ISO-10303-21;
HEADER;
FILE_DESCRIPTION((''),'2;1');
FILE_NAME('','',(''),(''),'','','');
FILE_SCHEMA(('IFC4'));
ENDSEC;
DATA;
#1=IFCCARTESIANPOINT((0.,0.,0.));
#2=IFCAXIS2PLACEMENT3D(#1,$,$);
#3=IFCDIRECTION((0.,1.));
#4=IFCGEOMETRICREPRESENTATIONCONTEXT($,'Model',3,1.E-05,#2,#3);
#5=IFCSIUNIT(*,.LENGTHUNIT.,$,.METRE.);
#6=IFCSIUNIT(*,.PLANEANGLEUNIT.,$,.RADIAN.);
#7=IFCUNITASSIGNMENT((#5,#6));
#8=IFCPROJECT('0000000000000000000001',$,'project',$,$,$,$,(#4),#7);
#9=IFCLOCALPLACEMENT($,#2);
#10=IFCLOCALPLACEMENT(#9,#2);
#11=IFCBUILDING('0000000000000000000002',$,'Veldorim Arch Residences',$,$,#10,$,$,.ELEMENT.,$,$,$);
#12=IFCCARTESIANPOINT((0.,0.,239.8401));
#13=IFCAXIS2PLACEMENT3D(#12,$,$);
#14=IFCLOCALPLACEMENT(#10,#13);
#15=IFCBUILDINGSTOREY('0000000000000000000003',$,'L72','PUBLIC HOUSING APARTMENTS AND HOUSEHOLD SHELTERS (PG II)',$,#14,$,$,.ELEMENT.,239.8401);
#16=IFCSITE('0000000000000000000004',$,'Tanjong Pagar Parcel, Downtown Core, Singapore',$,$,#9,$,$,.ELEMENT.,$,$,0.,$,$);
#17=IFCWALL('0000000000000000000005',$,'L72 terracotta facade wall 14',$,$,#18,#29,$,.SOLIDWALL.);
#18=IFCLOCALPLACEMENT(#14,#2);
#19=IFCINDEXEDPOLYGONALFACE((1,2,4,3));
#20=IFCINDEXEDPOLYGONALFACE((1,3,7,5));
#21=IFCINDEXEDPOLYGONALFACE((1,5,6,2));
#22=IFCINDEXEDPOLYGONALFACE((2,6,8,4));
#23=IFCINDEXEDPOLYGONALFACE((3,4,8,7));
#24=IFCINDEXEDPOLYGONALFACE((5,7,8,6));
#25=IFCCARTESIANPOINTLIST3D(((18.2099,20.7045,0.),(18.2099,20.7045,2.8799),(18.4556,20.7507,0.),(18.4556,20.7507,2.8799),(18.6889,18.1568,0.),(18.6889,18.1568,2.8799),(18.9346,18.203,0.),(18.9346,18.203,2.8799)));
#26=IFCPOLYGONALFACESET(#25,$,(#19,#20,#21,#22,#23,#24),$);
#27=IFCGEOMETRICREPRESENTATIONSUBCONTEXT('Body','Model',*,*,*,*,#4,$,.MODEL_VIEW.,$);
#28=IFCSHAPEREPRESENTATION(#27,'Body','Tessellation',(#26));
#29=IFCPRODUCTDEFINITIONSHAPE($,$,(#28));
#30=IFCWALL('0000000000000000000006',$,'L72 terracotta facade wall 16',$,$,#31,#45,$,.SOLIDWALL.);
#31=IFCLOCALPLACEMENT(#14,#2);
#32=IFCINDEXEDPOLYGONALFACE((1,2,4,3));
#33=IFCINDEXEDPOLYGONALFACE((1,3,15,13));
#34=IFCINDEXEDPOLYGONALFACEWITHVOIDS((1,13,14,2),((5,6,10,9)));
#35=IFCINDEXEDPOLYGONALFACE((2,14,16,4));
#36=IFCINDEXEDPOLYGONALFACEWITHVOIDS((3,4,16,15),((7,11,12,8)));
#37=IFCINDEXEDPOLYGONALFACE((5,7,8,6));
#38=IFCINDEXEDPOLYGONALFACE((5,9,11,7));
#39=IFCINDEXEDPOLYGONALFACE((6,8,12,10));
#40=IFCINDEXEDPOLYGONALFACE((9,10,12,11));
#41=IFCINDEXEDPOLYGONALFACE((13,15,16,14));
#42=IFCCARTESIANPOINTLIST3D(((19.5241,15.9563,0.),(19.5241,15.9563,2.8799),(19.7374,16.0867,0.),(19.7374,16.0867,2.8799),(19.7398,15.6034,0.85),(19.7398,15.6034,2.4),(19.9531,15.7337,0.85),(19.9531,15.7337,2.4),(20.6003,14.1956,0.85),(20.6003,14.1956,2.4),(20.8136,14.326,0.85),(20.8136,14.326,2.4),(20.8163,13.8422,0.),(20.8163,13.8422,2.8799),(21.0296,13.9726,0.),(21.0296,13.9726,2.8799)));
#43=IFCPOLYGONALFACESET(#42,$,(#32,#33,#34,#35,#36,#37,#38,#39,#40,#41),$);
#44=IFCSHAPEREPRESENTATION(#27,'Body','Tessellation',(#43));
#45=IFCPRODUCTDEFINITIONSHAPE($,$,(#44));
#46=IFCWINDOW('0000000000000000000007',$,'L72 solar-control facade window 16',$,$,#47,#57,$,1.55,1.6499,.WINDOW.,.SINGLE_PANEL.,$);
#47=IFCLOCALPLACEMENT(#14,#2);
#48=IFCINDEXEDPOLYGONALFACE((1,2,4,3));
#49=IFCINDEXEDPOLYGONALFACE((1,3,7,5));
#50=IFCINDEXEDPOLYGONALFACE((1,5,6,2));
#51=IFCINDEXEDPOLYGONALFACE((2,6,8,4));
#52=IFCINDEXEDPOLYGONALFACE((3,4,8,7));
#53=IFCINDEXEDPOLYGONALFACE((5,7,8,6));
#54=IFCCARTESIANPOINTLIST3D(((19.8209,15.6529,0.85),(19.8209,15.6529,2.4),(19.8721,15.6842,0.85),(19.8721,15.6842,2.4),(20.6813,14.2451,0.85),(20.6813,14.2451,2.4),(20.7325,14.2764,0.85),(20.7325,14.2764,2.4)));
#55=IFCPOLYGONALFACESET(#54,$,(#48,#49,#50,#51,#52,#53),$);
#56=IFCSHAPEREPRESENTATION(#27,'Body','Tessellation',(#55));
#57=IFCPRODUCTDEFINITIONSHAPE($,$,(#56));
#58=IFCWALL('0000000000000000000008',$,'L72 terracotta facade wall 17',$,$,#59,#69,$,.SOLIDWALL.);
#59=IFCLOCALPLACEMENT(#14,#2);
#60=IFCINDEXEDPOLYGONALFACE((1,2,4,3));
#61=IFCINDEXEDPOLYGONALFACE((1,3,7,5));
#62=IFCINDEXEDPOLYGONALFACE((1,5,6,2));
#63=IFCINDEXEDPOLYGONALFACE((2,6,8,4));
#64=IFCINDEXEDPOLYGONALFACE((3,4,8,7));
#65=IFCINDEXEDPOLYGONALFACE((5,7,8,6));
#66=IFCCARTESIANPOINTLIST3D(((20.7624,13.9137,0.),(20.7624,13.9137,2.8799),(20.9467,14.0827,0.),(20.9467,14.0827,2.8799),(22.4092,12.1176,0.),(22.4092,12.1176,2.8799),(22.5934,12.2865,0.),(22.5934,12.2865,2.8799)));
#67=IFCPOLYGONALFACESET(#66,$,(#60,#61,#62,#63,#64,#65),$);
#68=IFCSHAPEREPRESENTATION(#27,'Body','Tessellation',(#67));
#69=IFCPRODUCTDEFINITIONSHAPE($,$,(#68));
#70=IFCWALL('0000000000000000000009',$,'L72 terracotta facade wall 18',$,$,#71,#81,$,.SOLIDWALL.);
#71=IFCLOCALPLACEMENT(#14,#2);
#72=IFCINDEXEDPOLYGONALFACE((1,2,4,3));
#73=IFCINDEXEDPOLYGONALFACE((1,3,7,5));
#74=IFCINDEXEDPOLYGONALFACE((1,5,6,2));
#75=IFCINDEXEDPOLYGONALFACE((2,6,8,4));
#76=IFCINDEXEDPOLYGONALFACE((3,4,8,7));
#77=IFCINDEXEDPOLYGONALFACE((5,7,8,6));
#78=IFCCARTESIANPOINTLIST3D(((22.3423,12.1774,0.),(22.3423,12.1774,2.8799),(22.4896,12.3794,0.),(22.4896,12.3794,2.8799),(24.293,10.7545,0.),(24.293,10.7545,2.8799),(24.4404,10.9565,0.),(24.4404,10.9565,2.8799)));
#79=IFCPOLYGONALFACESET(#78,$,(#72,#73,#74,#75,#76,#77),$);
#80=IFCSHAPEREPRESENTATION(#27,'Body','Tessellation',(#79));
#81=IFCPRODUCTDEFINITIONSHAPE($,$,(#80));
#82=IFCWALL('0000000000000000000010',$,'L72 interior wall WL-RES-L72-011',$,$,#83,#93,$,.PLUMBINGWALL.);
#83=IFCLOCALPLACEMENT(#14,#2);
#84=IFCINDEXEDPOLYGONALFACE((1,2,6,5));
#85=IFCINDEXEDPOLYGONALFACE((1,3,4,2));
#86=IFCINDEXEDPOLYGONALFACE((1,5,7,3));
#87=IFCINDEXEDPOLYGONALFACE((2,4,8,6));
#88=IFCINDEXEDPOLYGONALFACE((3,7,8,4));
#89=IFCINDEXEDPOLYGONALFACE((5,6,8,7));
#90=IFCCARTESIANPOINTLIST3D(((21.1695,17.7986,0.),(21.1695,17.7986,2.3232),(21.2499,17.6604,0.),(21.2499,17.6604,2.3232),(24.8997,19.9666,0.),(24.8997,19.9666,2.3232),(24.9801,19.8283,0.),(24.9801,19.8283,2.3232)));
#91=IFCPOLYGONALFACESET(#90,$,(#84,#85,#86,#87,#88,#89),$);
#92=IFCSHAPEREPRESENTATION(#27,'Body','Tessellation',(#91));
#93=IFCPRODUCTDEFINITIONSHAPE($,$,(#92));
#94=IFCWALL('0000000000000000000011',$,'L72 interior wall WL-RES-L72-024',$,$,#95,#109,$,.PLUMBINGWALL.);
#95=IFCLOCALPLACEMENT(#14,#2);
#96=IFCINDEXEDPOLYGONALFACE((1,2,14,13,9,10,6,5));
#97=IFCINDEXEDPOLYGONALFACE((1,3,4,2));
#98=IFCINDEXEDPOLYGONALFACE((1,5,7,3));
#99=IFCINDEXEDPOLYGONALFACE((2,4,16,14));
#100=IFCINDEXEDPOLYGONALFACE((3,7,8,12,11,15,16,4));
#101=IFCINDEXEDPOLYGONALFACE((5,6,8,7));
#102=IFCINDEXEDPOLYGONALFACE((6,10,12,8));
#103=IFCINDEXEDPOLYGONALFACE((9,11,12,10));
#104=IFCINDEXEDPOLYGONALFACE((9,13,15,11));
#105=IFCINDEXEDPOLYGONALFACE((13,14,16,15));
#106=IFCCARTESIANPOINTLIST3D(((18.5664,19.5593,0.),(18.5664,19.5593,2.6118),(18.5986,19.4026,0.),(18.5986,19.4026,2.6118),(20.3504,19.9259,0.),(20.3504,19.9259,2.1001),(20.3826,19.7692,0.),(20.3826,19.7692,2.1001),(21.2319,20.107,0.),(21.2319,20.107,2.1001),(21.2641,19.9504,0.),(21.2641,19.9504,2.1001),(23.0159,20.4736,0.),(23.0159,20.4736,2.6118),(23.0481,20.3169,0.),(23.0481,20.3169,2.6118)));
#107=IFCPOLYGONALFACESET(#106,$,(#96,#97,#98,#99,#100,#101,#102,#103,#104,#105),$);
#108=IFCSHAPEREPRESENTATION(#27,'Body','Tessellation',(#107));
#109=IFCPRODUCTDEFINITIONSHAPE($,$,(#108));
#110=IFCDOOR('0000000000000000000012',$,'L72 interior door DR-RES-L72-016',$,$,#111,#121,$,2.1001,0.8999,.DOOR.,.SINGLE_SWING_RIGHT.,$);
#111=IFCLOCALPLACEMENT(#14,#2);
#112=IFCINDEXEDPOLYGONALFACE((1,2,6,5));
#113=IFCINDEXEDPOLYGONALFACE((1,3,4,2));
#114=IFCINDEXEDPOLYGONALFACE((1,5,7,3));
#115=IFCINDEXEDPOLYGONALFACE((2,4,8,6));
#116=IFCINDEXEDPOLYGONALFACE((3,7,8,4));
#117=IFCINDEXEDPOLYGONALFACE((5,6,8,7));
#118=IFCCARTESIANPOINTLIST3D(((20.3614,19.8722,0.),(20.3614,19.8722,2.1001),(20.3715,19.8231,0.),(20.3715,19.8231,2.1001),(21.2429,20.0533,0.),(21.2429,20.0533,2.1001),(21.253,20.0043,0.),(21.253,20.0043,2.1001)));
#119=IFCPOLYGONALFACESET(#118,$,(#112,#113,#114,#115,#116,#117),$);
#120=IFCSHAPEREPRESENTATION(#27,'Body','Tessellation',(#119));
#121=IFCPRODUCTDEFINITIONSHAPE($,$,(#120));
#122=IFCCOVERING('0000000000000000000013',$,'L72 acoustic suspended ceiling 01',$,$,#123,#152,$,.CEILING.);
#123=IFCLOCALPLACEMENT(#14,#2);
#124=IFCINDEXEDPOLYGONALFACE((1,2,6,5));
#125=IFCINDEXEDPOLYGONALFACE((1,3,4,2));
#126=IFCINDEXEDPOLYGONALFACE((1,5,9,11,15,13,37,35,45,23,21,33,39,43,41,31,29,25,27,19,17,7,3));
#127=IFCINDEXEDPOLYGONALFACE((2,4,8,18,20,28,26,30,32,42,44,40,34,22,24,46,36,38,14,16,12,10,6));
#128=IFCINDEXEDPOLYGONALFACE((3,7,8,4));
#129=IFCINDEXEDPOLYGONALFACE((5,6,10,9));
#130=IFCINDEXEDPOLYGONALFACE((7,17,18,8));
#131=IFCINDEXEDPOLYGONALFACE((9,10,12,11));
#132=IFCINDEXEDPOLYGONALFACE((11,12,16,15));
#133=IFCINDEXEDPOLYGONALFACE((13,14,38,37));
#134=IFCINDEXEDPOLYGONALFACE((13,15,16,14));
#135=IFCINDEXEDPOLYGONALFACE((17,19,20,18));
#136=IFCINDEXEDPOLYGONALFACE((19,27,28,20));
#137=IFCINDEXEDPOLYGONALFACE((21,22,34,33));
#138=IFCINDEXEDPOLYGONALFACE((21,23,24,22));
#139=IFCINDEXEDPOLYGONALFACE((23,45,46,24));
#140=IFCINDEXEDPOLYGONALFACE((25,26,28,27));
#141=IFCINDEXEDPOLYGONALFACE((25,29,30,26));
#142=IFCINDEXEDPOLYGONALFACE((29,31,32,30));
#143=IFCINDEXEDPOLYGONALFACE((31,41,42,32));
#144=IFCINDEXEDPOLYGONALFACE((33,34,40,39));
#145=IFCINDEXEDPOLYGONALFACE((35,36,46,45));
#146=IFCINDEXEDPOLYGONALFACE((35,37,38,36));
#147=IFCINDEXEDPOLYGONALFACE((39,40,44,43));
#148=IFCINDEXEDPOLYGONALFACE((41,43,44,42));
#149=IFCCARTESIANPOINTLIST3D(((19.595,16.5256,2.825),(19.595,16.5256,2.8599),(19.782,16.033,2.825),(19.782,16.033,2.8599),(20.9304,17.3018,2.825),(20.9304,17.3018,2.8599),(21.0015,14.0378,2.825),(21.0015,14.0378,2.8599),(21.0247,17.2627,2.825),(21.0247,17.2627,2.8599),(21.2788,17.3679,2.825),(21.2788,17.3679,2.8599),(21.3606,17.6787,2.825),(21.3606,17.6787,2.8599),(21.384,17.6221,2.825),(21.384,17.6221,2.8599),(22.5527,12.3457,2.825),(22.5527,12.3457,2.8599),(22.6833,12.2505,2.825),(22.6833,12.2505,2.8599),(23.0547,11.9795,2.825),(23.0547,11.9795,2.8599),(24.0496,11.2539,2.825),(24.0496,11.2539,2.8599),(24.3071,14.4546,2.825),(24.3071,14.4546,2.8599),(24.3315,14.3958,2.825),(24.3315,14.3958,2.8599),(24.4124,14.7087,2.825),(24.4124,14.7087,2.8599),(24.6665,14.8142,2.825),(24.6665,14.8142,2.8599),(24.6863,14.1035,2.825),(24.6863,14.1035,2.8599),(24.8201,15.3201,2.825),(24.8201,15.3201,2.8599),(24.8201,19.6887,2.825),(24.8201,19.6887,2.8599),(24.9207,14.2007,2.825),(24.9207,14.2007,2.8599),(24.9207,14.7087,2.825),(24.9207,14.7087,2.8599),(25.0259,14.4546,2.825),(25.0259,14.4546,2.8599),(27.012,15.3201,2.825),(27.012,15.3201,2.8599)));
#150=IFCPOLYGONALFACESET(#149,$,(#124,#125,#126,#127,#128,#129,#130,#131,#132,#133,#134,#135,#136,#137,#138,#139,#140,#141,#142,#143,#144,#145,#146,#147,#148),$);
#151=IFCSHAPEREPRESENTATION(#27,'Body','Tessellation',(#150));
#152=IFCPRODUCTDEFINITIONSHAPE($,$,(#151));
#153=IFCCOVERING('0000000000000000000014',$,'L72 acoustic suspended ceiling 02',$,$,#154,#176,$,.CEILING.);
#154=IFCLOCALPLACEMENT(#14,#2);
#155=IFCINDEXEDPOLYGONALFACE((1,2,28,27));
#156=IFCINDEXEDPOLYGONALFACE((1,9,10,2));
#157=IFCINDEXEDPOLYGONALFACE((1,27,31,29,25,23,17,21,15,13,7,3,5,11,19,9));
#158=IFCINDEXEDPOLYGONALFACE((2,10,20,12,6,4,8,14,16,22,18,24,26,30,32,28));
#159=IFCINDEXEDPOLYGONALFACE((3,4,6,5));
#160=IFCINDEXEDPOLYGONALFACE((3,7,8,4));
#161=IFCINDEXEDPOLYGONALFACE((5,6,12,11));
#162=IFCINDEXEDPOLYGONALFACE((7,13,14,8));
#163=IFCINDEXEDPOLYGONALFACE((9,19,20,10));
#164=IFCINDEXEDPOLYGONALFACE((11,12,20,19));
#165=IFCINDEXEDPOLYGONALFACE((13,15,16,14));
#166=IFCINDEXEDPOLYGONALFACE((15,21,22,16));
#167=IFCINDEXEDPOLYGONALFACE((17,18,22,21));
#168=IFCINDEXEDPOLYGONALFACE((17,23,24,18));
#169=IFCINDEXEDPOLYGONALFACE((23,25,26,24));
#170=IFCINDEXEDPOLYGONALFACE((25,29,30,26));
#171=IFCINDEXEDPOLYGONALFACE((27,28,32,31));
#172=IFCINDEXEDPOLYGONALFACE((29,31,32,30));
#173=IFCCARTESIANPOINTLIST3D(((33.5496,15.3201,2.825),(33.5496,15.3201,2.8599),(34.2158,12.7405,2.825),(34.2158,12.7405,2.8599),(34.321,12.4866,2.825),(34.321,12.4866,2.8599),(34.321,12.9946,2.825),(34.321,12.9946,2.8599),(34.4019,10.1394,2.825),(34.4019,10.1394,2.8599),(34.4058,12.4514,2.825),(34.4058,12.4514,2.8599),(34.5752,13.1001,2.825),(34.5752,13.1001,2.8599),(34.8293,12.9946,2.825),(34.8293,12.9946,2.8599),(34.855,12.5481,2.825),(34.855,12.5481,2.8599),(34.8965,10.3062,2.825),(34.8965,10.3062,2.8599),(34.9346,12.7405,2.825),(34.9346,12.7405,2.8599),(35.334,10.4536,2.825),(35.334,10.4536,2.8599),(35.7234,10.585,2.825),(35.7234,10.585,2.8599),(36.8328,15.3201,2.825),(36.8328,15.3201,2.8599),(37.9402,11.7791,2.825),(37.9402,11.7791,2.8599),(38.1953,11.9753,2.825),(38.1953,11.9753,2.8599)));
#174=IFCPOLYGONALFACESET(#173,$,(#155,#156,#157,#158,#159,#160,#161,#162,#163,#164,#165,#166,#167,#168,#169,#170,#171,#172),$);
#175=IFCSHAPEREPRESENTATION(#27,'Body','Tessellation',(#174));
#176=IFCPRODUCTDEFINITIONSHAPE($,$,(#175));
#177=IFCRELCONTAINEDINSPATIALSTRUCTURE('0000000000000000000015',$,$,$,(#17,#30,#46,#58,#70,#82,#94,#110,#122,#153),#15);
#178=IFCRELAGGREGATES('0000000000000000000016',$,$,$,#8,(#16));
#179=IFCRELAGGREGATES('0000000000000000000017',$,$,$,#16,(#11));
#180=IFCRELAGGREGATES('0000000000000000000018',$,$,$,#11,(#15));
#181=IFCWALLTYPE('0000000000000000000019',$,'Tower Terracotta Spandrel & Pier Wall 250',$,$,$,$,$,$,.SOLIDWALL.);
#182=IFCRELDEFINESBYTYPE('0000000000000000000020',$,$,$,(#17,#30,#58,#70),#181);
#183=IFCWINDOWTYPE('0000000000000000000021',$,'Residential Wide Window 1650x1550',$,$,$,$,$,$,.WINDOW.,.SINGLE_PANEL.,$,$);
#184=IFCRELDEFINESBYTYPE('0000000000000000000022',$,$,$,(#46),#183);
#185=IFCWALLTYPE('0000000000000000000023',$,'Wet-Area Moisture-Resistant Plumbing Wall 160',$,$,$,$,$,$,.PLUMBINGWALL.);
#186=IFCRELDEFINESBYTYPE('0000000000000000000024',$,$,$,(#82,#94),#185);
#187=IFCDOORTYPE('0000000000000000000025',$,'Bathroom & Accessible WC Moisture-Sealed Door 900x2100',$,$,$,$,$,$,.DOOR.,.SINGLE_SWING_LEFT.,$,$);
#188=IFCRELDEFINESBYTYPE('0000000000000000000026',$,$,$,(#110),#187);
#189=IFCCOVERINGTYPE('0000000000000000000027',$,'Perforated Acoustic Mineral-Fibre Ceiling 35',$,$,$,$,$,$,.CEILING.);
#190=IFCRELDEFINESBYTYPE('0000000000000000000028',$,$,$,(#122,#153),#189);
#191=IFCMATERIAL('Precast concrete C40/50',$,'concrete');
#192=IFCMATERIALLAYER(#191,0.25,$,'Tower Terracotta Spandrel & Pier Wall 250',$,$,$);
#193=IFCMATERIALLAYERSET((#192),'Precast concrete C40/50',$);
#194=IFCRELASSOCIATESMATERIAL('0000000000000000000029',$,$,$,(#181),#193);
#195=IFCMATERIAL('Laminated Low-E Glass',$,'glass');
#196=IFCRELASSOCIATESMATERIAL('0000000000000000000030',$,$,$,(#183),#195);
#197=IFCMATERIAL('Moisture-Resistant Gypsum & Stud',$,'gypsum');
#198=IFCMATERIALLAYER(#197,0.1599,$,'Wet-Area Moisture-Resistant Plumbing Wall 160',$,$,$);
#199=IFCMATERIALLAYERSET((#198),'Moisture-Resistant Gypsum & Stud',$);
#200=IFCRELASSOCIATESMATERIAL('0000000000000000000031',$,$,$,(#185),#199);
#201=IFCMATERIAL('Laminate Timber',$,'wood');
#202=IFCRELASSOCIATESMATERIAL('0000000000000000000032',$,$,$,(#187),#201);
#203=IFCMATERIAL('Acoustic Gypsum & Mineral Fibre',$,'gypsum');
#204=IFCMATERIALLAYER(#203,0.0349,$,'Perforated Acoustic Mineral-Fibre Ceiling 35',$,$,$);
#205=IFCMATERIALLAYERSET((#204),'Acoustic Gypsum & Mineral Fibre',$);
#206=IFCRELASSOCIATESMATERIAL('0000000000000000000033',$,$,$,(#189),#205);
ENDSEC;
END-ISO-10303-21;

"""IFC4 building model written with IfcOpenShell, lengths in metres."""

from ifc_helpers import new_model, si_unit, direction, frame, frame_2d, origin, place, context, subcontext, project, spatial, polyline, rectangle, outline, extrude, material, layer, layer_set, type_object, element, fill, save


model = new_model("IFC4")

# Units and contexts
model_context = context("Model", 3, precision=1e-05, world=origin(), true_north=direction((0.0, 1.0)))
body_context = subcontext(model_context, "Body", "Model", "MODEL_VIEW")
ifc_project = project(units=[si_unit("LENGTHUNIT", "METRE"), si_unit("PLANEANGLEUNIT", "RADIAN")], contexts=[model_context])

# Site, building, storey
site_placement = place(None, origin())
site = spatial("IfcSite", under=ifc_project, at=site_placement, Name="Tanjong Pagar Parcel, Downtown Core, Singapore", CompositionType="ELEMENT", RefElevation=0.0)
building_placement = place(site_placement, origin())
building = spatial("IfcBuilding", under=site, at=building_placement, Name="Veldorim Arch Residences", CompositionType="ELEMENT")
storey_placement = place(building_placement, frame((0.0, 0.0, 239.8401)))
storey = spatial("IfcBuildingStorey", under=building, at=storey_placement, Name="L72", Description="PUBLIC HOUSING APARTMENTS AND HOUSEHOLD SHELTERS (PG II)", CompositionType="ELEMENT", Elevation=239.8401)

# Wall
ifc_material_1 = material(Name="Precast concrete C40/50", Category="concrete")
ifc_layer_1 = layer(ifc_material_1, 0.25, Name="Tower Terracotta Spandrel & Pier Wall 250")
ifc_layer_set_1 = layer_set([ifc_layer_1], Name="Precast concrete C40/50")
wall_type_1 = type_object("IfcWallType", Name="Tower Terracotta Spandrel & Pier Wall 250", PredefinedType="SOLIDWALL", material=ifc_layer_set_1)
wall_1_placement = place(storey_placement, frame((18.8118, 18.1799, 0.0), z_axis=(0.0, 0.0, 1.0), x_axis=(-0.184783, 0.982779, 0.0)))
element("IfcWall", 1, at=wall_1_placement, inside=storey, type_object=wall_type_1, Name="L72 terracotta facade wall 14", PredefinedType="SOLIDWALL", context=body_context, shape_type="SweptSolid", body=[
    extrude(rectangle(XDim=2.5923, YDim=0.25, at=frame_2d((1.2961, 0.0))), origin(), (0.0, 0.0, 1.0), 2.8799),
])

# Wall, opening, window
wall_2_placement = place(storey_placement, frame((20.9229, 13.9075, 0.0), z_axis=(0.0, 0.0, 1.0), x_axis=(-0.521506, 0.853248, 0.0)))
wall_2 = element("IfcWall", 2, at=wall_2_placement, inside=storey, type_object=wall_type_1, Name="L72 terracotta facade wall 16", PredefinedType="SOLIDWALL", context=body_context, shape_type="SweptSolid", body=[
    extrude(rectangle(XDim=2.4778, YDim=0.25, at=frame_2d((1.2388, 0.0))), origin(), (0.0, 0.0, 1.0), 2.8799),
])
opening_1_placement = place(wall_2_placement, frame((0.4141, 0.0, 0.8501)))
opening_1 = element("IfcOpeningElement", 3, at=opening_1_placement, cuts=wall_2, PredefinedType="OPENING", context=body_context, shape_type="SweptSolid", body=[
    extrude(rectangle(XDim=1.6499, YDim=1.55, at=frame_2d((0.825, 0.7749))), frame((0.0, 0.135, 0.0), z_axis=(0.0, -1.0, 0.0), x_axis=(1.0, 0.0, 0.0)), (0.0, 0.0, 1.0), 0.27),
])
ifc_material_2 = material(Name="Laminated Low-E Glass", Category="glass")
window_type = type_object("IfcWindowType", Name="Residential Wide Window 1650x1550", PartitioningType="SINGLE_PANEL", PredefinedType="WINDOW", material=ifc_material_2)
window_placement = place(opening_1_placement, origin())
window = element("IfcWindow", 4, at=window_placement, inside=storey, type_object=window_type, Name="L72 solar-control facade window 16", OverallHeight=1.55, OverallWidth=1.6499, PartitioningType="SINGLE_PANEL", PredefinedType="WINDOW", context=body_context, shape_type="SweptSolid", body=[
    extrude(rectangle(XDim=1.6499, YDim=1.55, at=frame_2d((0.825, 0.7749))), frame((0.0, 0.03, 0.0), z_axis=(0.0, -1.0, 0.0), x_axis=(1.0, 0.0, 0.0)), (0.0, 0.0, 1.0), 0.0601),
])
fill(opening_1, window)

# Walls
wall_3_placement = place(storey_placement, frame((22.5012, 12.2021, 0.0), z_axis=(0.0, 0.0, 1.0), x_axis=(-0.675784, 0.7371, 0.0)))
element("IfcWall", 5, at=wall_3_placement, inside=storey, type_object=wall_type_1, Name="L72 terracotta facade wall 17", PredefinedType="SOLIDWALL", context=body_context, shape_type="SweptSolid", body=[
    extrude(rectangle(XDim=2.4368, YDim=0.25, at=frame_2d((1.2183, 0.0))), origin(), (0.0, 0.0, 1.0), 2.8799),
])
wall_4_placement = place(storey_placement, frame((24.3667, 10.8555, 0.0), z_axis=(0.0, 0.0, 1.0), x_axis=(-0.807913, 0.589301, 0.0)))
element("IfcWall", 6, at=wall_4_placement, inside=storey, type_object=wall_type_1, Name="L72 terracotta facade wall 18", PredefinedType="SOLIDWALL", context=body_context, shape_type="SweptSolid", body=[
    extrude(rectangle(XDim=2.4146, YDim=0.25, at=frame_2d((1.2073, 0.0))), origin(), (0.0, 0.0, 1.0), 2.8799),
])
ifc_material_3 = material(Name="Moisture-Resistant Gypsum & Stud", Category="gypsum")
ifc_layer_2 = layer(ifc_material_3, 0.1599, Name="Wet-Area Moisture-Resistant Plumbing Wall 160")
ifc_layer_set_2 = layer_set([ifc_layer_2], Name="Moisture-Resistant Gypsum & Stud")
wall_type_2 = type_object("IfcWallType", Name="Wet-Area Moisture-Resistant Plumbing Wall 160", PredefinedType="PLUMBINGWALL", material=ifc_layer_set_2)
wall_5_placement = place(storey_placement, frame((21.2097, 17.7295, 0.0), z_axis=(0.0, 0.0, 1.0), x_axis=(0.864584, 0.502488, 0.0)))
element("IfcWall", 7, at=wall_5_placement, inside=storey, type_object=wall_type_2, Name="L72 interior wall WL-RES-L72-011", PredefinedType="PLUMBINGWALL", context=body_context, shape_type="SweptSolid", body=[
    extrude(rectangle(XDim=4.3145, YDim=0.1599, at=frame_2d((2.1572, 0.0))), origin(), (0.0, 0.0, 1.0), 2.3232),
])

# Wall, opening, door
wall_6_placement = place(storey_placement, frame((23.032, 20.3953, 0.0), z_axis=(0.0, 0.0, 1.0), x_axis=(-0.979533, -0.201281, 0.0)))
wall_6 = element("IfcWall", 8, at=wall_6_placement, inside=storey, type_object=wall_type_2, Name="L72 interior wall WL-RES-L72-024", PredefinedType="PLUMBINGWALL", context=body_context, shape_type="SweptSolid", body=[
    extrude(rectangle(XDim=4.5425, YDim=0.1599, at=frame_2d((2.2712, 0.0))), origin(), (0.0, 0.0, 1.0), 2.6118),
])
opening_2_placement = place(wall_6_placement, frame((1.8213, 0.0, 0.0)))
opening_2 = element("IfcOpeningElement", 9, at=opening_2_placement, cuts=wall_6, PredefinedType="OPENING", context=body_context, shape_type="SweptSolid", body=[
    extrude(rectangle(XDim=0.8999, YDim=2.1001, at=frame_2d((0.45, 1.05))), frame((0.0, 0.0898, 0.0), z_axis=(0.0, -1.0, 0.0), x_axis=(1.0, 0.0, 0.0)), (0.0, 0.0, 1.0), 0.1799),
])
ifc_material_4 = material(Name="Laminate Timber", Category="wood")
door_type = type_object("IfcDoorType", Name="Bathroom & Accessible WC Moisture-Sealed Door 900x2100", OperationType="SINGLE_SWING_LEFT", PredefinedType="DOOR", material=ifc_material_4)
door_placement = place(opening_2_placement, origin())
door = element("IfcDoor", 10, at=door_placement, inside=storey, type_object=door_type, Name="L72 interior door DR-RES-L72-016", OperationType="SINGLE_SWING_RIGHT", OverallHeight=2.1001, OverallWidth=0.8999, PredefinedType="DOOR", context=body_context, shape_type="SweptSolid", body=[
    extrude(rectangle(XDim=0.8999, YDim=2.1001, at=frame_2d((0.45, 1.05))), frame((0.0, 0.0249, 0.0), z_axis=(0.0, -1.0, 0.0), x_axis=(1.0, 0.0, 0.0)), (0.0, 0.0, 1.0), 0.05),
])
fill(opening_2, door)

# Coverings
ifc_material_5 = material(Name="Acoustic Gypsum & Mineral Fibre", Category="gypsum")
ifc_layer_3 = layer(ifc_material_5, 0.0349, Name="Perforated Acoustic Mineral-Fibre Ceiling 35")
ifc_layer_set_3 = layer_set([ifc_layer_3], Name="Acoustic Gypsum & Mineral Fibre")
covering_type_1 = type_object("IfcCoveringType", Name="Perforated Acoustic Mineral-Fibre Ceiling 35", PredefinedType="CEILING", material=ifc_layer_set_3)
covering_1_placement = place(storey_placement, frame((0.0, 0.0, 2.825)))
element("IfcCovering", 11, at=covering_1_placement, inside=storey, type_object=covering_type_1, Name="L72 acoustic suspended ceiling 01", PredefinedType="CEILING", context=body_context, shape_type="SweptSolid", body=[
    extrude(outline(polyline([(24.9207, 14.2007), (25.0259, 14.4546), (24.9207, 14.7087), (24.6665, 14.8142), (24.4124, 14.7087), (24.3071, 14.4546), (24.3315, 14.3958), (22.6833, 12.2505), (22.5527, 12.3457), (21.0015, 14.0378), (19.782, 16.033), (19.595, 16.5256), (20.9304, 17.3018), (21.0247, 17.2627), (21.2788, 17.3679), (21.384, 17.6221), (21.3606, 17.6787), (24.8201, 19.6887), (24.8201, 15.3201), (27.012, 15.3201), (24.0496, 11.2539), (23.0547, 11.9795), (24.6863, 14.1035), (24.9207, 14.2007)])), origin(), (0.0, 0.0, 1.0), 0.0349),
])
covering_2_placement = place(storey_placement, frame((0.0, 0.0, 2.825)))
element("IfcCovering", 12, at=covering_2_placement, inside=storey, type_object=covering_type_1, Name="L72 acoustic suspended ceiling 02", PredefinedType="CEILING", context=body_context, shape_type="SweptSolid", body=[
    extrude(outline(polyline([(34.9346, 12.7405), (34.8293, 12.9946), (34.5752, 13.1001), (34.321, 12.9946), (34.2158, 12.7405), (34.321, 12.4866), (34.4058, 12.4514), (34.8965, 10.3062), (34.4019, 10.1394), (33.5496, 15.3201), (36.8328, 15.3201), (38.1953, 11.9753), (37.9402, 11.7791), (35.7234, 10.585), (35.334, 10.4536), (34.855, 12.5481), (34.9346, 12.7405)])), origin(), (0.0, 0.0, 1.0), 0.0349),
])

save(model, "model.ifc")
